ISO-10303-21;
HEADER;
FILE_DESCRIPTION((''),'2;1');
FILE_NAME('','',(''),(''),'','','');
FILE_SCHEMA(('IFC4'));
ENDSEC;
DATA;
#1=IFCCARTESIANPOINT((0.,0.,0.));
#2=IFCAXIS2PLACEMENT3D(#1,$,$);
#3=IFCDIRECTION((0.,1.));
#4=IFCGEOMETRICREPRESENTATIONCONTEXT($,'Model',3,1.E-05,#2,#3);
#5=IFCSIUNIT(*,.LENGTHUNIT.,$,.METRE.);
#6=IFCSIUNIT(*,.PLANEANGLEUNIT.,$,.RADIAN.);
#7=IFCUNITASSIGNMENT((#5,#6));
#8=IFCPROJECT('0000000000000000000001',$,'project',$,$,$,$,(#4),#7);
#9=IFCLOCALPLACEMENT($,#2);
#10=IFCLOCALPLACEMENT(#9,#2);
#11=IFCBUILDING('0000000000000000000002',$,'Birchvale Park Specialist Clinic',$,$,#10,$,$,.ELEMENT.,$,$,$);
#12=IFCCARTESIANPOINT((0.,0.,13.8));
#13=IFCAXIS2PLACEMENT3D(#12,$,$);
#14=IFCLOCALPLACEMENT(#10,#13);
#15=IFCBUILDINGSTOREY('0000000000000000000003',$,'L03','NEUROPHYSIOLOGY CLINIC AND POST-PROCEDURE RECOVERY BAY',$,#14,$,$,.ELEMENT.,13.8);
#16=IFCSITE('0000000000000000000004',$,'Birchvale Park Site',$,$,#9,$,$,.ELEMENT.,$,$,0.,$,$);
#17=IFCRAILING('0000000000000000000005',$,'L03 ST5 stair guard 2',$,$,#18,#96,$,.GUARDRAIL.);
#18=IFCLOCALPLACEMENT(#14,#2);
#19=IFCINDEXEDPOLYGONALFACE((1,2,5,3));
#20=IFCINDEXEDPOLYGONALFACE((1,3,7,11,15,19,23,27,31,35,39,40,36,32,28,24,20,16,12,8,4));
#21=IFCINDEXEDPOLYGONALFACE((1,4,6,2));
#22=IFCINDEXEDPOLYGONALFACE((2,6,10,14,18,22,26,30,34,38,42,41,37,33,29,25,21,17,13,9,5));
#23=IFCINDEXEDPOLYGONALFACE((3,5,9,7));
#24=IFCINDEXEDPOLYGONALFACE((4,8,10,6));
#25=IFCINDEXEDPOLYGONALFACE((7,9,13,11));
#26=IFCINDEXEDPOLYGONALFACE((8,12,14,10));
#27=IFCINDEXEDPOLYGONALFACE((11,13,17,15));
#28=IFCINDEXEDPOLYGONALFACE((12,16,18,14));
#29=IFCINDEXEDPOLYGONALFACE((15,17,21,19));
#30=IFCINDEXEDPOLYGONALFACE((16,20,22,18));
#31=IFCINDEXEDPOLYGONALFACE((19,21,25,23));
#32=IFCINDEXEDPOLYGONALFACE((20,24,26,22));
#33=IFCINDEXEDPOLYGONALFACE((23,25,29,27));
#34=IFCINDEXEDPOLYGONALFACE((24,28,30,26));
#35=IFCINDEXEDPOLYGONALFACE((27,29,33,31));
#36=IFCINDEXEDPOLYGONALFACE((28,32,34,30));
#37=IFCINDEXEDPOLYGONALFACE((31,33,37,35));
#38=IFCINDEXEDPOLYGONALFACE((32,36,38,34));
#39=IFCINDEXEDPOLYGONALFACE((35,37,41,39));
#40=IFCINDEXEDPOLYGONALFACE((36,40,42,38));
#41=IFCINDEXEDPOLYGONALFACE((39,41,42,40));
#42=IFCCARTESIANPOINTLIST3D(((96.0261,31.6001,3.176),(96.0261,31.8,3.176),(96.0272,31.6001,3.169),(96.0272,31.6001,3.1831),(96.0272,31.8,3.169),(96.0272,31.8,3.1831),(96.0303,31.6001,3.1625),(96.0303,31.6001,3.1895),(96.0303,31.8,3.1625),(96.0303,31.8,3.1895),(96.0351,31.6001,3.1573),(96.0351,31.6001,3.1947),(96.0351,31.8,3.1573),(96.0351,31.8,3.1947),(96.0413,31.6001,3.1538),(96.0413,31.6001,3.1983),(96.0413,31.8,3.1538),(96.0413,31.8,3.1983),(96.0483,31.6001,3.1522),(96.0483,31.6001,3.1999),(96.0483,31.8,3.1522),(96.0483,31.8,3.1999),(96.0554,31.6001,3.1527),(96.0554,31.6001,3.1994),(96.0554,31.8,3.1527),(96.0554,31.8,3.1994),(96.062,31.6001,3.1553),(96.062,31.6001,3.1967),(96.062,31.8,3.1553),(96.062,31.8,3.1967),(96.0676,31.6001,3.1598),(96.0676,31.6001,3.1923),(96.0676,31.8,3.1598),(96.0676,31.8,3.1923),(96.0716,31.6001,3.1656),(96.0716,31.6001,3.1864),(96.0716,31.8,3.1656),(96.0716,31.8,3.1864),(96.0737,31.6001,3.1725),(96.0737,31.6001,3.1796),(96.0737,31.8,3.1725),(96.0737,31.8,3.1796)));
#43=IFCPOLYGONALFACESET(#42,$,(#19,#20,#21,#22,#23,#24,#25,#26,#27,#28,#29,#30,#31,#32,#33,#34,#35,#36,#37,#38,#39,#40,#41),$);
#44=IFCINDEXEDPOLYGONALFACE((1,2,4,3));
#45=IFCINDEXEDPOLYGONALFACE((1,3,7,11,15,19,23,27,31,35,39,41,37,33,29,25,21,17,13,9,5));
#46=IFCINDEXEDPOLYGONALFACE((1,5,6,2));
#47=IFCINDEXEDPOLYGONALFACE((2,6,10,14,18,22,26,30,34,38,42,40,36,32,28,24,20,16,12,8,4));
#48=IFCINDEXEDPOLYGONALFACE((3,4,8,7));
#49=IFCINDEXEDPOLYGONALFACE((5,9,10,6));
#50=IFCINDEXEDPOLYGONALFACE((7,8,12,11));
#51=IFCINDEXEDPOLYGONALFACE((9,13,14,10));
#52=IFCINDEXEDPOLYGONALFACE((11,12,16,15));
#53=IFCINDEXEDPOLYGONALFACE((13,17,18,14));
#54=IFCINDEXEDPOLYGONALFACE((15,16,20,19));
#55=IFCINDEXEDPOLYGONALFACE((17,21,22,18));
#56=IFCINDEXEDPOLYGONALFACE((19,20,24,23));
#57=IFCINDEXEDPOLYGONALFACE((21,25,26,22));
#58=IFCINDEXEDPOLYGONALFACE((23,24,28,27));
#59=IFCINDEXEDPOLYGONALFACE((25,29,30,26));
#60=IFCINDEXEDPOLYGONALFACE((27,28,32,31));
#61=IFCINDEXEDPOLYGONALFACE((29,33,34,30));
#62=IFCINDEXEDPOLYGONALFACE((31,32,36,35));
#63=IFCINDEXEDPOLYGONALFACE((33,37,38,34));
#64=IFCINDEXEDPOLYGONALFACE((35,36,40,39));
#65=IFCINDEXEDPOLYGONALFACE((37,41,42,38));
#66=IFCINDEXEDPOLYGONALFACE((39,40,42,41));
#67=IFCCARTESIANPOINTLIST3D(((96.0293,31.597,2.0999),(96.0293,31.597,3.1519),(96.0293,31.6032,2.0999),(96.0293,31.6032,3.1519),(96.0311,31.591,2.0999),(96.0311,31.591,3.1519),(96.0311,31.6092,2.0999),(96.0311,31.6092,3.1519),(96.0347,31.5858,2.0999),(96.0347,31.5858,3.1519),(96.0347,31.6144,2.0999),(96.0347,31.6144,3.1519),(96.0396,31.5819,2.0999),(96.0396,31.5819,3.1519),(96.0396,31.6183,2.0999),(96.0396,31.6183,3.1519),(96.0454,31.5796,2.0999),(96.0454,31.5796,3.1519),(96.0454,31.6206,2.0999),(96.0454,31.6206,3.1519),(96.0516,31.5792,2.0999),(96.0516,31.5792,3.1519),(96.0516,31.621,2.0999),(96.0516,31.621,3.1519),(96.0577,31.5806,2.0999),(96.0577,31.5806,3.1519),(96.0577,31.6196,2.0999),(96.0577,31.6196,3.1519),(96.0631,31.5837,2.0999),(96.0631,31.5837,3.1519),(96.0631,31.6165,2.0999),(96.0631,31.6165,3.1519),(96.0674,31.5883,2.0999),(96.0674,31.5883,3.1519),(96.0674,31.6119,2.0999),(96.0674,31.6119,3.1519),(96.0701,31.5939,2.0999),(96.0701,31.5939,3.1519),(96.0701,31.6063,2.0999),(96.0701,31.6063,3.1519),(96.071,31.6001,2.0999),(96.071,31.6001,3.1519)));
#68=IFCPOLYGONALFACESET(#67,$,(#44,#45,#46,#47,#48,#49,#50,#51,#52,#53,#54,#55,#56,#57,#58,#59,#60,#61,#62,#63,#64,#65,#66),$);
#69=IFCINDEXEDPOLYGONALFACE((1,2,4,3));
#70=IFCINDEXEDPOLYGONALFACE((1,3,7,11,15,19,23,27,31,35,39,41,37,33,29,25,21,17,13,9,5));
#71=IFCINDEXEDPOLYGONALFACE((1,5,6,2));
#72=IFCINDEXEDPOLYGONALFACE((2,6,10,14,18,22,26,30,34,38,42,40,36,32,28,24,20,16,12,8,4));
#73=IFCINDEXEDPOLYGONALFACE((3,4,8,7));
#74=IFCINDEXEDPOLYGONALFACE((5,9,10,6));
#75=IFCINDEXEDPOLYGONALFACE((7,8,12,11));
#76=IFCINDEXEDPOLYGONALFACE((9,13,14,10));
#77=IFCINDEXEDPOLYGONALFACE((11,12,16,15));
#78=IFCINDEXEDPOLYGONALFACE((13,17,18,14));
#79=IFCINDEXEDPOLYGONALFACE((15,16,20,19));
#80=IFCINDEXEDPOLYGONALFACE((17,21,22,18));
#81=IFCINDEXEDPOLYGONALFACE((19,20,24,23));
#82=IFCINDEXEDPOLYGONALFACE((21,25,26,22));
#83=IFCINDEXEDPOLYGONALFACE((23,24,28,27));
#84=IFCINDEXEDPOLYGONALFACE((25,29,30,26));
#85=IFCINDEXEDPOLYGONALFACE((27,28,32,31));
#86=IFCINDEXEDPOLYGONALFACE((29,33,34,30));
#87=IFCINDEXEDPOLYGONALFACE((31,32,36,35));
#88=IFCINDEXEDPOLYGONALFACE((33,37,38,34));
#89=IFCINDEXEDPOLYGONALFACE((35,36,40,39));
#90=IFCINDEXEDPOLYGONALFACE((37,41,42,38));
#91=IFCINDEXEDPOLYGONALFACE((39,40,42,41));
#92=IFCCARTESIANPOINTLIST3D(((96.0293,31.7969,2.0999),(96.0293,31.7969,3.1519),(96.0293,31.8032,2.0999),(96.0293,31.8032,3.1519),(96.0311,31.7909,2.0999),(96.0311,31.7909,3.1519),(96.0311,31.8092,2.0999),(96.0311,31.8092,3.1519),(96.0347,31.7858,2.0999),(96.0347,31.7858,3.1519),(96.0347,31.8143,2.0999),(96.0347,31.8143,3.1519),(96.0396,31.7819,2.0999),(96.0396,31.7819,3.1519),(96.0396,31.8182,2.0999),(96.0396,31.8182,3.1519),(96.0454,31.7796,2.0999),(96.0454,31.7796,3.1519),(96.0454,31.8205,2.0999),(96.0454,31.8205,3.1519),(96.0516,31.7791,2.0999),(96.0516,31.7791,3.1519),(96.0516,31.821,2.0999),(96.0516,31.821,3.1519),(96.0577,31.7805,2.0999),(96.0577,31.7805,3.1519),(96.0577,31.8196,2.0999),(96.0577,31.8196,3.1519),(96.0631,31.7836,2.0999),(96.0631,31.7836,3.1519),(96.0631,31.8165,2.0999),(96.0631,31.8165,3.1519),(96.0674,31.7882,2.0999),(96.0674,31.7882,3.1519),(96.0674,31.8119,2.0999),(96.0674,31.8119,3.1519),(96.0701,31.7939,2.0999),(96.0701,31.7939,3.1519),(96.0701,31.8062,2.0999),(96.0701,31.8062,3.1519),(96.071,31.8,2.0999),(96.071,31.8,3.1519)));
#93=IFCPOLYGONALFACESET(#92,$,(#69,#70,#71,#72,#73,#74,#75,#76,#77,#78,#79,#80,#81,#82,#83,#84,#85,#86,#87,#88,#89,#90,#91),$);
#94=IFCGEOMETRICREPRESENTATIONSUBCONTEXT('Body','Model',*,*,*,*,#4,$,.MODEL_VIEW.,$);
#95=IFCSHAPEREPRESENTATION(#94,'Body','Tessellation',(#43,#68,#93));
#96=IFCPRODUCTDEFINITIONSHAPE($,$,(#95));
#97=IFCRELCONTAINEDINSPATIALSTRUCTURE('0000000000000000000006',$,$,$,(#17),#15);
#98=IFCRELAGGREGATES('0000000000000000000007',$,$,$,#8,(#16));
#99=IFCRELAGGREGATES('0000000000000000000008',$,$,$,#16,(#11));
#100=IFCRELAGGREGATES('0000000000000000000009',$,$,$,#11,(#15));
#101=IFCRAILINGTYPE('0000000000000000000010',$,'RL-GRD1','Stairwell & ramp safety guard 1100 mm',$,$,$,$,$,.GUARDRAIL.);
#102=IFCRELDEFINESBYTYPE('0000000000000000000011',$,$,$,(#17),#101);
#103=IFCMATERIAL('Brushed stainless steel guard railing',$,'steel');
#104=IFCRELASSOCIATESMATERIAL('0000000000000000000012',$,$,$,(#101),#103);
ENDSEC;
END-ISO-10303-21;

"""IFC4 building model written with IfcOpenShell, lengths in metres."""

from ifc_helpers import new_model, si_unit, direction, frame, origin, origin_2d, place, context, subcontext, project, spatial, circle, extrude, material, type_object, element, save


model = new_model("IFC4")

# Units and contexts
model_context = context("Model", 3, precision=1e-05, world=origin(), true_north=direction((0.0, 1.0)))
body_context = subcontext(model_context, "Body", "Model", "MODEL_VIEW")
ifc_project = project(units=[si_unit("LENGTHUNIT", "METRE"), si_unit("PLANEANGLEUNIT", "RADIAN")], contexts=[model_context])

# Site, building, storey
site_placement = place(None, origin())
site = spatial("IfcSite", under=ifc_project, at=site_placement, Name="Birchvale Park Site", CompositionType="ELEMENT", RefElevation=0.0)
building_placement = place(site_placement, origin())
building = spatial("IfcBuilding", under=site, at=building_placement, Name="Birchvale Park Specialist Clinic", CompositionType="ELEMENT")
storey_placement = place(building_placement, frame((0.0, 0.0, 13.8)))
storey = spatial("IfcBuildingStorey", under=building, at=storey_placement, Name="L03", Description="NEUROPHYSIOLOGY CLINIC AND POST-PROCEDURE RECOVERY BAY", CompositionType="ELEMENT", Elevation=13.8)

# Railing
ifc_material_1 = material(Name="Brushed stainless steel guard railing", Category="steel")
railing_type_1 = type_object("IfcRailingType", Name="RL-GRD1", Description="Stairwell & ramp safety guard 1100 mm", PredefinedType="GUARDRAIL", material=ifc_material_1)
railing_1_placement = place(storey_placement, frame((96.05, 31.6001, 2.0999)))
element("IfcRailing", 1, at=railing_1_placement, inside=storey, type_object=railing_type_1, Name="L03 ST5 stair guard 2", PredefinedType="GUARDRAIL", context=body_context, shape_type="SweptSolid", body=[
    extrude(circle(Radius=0.0239, at=origin_2d()), frame((0.0, 0.0, 1.0762), z_axis=(0.0, 1.0, 0.0), x_axis=(-1.0, 0.0, 0.0)), (0.0, 0.0, 1.0), 0.2),
    extrude(circle(Radius=0.021, at=origin_2d()), origin(), (0.0, 0.0, 1.0), 1.052),
    extrude(circle(Radius=0.021, at=origin_2d()), frame((0.0, 0.2, 0.0)), (0.0, 0.0, 1.0), 1.052),
])

save(model, "model.ifc")
